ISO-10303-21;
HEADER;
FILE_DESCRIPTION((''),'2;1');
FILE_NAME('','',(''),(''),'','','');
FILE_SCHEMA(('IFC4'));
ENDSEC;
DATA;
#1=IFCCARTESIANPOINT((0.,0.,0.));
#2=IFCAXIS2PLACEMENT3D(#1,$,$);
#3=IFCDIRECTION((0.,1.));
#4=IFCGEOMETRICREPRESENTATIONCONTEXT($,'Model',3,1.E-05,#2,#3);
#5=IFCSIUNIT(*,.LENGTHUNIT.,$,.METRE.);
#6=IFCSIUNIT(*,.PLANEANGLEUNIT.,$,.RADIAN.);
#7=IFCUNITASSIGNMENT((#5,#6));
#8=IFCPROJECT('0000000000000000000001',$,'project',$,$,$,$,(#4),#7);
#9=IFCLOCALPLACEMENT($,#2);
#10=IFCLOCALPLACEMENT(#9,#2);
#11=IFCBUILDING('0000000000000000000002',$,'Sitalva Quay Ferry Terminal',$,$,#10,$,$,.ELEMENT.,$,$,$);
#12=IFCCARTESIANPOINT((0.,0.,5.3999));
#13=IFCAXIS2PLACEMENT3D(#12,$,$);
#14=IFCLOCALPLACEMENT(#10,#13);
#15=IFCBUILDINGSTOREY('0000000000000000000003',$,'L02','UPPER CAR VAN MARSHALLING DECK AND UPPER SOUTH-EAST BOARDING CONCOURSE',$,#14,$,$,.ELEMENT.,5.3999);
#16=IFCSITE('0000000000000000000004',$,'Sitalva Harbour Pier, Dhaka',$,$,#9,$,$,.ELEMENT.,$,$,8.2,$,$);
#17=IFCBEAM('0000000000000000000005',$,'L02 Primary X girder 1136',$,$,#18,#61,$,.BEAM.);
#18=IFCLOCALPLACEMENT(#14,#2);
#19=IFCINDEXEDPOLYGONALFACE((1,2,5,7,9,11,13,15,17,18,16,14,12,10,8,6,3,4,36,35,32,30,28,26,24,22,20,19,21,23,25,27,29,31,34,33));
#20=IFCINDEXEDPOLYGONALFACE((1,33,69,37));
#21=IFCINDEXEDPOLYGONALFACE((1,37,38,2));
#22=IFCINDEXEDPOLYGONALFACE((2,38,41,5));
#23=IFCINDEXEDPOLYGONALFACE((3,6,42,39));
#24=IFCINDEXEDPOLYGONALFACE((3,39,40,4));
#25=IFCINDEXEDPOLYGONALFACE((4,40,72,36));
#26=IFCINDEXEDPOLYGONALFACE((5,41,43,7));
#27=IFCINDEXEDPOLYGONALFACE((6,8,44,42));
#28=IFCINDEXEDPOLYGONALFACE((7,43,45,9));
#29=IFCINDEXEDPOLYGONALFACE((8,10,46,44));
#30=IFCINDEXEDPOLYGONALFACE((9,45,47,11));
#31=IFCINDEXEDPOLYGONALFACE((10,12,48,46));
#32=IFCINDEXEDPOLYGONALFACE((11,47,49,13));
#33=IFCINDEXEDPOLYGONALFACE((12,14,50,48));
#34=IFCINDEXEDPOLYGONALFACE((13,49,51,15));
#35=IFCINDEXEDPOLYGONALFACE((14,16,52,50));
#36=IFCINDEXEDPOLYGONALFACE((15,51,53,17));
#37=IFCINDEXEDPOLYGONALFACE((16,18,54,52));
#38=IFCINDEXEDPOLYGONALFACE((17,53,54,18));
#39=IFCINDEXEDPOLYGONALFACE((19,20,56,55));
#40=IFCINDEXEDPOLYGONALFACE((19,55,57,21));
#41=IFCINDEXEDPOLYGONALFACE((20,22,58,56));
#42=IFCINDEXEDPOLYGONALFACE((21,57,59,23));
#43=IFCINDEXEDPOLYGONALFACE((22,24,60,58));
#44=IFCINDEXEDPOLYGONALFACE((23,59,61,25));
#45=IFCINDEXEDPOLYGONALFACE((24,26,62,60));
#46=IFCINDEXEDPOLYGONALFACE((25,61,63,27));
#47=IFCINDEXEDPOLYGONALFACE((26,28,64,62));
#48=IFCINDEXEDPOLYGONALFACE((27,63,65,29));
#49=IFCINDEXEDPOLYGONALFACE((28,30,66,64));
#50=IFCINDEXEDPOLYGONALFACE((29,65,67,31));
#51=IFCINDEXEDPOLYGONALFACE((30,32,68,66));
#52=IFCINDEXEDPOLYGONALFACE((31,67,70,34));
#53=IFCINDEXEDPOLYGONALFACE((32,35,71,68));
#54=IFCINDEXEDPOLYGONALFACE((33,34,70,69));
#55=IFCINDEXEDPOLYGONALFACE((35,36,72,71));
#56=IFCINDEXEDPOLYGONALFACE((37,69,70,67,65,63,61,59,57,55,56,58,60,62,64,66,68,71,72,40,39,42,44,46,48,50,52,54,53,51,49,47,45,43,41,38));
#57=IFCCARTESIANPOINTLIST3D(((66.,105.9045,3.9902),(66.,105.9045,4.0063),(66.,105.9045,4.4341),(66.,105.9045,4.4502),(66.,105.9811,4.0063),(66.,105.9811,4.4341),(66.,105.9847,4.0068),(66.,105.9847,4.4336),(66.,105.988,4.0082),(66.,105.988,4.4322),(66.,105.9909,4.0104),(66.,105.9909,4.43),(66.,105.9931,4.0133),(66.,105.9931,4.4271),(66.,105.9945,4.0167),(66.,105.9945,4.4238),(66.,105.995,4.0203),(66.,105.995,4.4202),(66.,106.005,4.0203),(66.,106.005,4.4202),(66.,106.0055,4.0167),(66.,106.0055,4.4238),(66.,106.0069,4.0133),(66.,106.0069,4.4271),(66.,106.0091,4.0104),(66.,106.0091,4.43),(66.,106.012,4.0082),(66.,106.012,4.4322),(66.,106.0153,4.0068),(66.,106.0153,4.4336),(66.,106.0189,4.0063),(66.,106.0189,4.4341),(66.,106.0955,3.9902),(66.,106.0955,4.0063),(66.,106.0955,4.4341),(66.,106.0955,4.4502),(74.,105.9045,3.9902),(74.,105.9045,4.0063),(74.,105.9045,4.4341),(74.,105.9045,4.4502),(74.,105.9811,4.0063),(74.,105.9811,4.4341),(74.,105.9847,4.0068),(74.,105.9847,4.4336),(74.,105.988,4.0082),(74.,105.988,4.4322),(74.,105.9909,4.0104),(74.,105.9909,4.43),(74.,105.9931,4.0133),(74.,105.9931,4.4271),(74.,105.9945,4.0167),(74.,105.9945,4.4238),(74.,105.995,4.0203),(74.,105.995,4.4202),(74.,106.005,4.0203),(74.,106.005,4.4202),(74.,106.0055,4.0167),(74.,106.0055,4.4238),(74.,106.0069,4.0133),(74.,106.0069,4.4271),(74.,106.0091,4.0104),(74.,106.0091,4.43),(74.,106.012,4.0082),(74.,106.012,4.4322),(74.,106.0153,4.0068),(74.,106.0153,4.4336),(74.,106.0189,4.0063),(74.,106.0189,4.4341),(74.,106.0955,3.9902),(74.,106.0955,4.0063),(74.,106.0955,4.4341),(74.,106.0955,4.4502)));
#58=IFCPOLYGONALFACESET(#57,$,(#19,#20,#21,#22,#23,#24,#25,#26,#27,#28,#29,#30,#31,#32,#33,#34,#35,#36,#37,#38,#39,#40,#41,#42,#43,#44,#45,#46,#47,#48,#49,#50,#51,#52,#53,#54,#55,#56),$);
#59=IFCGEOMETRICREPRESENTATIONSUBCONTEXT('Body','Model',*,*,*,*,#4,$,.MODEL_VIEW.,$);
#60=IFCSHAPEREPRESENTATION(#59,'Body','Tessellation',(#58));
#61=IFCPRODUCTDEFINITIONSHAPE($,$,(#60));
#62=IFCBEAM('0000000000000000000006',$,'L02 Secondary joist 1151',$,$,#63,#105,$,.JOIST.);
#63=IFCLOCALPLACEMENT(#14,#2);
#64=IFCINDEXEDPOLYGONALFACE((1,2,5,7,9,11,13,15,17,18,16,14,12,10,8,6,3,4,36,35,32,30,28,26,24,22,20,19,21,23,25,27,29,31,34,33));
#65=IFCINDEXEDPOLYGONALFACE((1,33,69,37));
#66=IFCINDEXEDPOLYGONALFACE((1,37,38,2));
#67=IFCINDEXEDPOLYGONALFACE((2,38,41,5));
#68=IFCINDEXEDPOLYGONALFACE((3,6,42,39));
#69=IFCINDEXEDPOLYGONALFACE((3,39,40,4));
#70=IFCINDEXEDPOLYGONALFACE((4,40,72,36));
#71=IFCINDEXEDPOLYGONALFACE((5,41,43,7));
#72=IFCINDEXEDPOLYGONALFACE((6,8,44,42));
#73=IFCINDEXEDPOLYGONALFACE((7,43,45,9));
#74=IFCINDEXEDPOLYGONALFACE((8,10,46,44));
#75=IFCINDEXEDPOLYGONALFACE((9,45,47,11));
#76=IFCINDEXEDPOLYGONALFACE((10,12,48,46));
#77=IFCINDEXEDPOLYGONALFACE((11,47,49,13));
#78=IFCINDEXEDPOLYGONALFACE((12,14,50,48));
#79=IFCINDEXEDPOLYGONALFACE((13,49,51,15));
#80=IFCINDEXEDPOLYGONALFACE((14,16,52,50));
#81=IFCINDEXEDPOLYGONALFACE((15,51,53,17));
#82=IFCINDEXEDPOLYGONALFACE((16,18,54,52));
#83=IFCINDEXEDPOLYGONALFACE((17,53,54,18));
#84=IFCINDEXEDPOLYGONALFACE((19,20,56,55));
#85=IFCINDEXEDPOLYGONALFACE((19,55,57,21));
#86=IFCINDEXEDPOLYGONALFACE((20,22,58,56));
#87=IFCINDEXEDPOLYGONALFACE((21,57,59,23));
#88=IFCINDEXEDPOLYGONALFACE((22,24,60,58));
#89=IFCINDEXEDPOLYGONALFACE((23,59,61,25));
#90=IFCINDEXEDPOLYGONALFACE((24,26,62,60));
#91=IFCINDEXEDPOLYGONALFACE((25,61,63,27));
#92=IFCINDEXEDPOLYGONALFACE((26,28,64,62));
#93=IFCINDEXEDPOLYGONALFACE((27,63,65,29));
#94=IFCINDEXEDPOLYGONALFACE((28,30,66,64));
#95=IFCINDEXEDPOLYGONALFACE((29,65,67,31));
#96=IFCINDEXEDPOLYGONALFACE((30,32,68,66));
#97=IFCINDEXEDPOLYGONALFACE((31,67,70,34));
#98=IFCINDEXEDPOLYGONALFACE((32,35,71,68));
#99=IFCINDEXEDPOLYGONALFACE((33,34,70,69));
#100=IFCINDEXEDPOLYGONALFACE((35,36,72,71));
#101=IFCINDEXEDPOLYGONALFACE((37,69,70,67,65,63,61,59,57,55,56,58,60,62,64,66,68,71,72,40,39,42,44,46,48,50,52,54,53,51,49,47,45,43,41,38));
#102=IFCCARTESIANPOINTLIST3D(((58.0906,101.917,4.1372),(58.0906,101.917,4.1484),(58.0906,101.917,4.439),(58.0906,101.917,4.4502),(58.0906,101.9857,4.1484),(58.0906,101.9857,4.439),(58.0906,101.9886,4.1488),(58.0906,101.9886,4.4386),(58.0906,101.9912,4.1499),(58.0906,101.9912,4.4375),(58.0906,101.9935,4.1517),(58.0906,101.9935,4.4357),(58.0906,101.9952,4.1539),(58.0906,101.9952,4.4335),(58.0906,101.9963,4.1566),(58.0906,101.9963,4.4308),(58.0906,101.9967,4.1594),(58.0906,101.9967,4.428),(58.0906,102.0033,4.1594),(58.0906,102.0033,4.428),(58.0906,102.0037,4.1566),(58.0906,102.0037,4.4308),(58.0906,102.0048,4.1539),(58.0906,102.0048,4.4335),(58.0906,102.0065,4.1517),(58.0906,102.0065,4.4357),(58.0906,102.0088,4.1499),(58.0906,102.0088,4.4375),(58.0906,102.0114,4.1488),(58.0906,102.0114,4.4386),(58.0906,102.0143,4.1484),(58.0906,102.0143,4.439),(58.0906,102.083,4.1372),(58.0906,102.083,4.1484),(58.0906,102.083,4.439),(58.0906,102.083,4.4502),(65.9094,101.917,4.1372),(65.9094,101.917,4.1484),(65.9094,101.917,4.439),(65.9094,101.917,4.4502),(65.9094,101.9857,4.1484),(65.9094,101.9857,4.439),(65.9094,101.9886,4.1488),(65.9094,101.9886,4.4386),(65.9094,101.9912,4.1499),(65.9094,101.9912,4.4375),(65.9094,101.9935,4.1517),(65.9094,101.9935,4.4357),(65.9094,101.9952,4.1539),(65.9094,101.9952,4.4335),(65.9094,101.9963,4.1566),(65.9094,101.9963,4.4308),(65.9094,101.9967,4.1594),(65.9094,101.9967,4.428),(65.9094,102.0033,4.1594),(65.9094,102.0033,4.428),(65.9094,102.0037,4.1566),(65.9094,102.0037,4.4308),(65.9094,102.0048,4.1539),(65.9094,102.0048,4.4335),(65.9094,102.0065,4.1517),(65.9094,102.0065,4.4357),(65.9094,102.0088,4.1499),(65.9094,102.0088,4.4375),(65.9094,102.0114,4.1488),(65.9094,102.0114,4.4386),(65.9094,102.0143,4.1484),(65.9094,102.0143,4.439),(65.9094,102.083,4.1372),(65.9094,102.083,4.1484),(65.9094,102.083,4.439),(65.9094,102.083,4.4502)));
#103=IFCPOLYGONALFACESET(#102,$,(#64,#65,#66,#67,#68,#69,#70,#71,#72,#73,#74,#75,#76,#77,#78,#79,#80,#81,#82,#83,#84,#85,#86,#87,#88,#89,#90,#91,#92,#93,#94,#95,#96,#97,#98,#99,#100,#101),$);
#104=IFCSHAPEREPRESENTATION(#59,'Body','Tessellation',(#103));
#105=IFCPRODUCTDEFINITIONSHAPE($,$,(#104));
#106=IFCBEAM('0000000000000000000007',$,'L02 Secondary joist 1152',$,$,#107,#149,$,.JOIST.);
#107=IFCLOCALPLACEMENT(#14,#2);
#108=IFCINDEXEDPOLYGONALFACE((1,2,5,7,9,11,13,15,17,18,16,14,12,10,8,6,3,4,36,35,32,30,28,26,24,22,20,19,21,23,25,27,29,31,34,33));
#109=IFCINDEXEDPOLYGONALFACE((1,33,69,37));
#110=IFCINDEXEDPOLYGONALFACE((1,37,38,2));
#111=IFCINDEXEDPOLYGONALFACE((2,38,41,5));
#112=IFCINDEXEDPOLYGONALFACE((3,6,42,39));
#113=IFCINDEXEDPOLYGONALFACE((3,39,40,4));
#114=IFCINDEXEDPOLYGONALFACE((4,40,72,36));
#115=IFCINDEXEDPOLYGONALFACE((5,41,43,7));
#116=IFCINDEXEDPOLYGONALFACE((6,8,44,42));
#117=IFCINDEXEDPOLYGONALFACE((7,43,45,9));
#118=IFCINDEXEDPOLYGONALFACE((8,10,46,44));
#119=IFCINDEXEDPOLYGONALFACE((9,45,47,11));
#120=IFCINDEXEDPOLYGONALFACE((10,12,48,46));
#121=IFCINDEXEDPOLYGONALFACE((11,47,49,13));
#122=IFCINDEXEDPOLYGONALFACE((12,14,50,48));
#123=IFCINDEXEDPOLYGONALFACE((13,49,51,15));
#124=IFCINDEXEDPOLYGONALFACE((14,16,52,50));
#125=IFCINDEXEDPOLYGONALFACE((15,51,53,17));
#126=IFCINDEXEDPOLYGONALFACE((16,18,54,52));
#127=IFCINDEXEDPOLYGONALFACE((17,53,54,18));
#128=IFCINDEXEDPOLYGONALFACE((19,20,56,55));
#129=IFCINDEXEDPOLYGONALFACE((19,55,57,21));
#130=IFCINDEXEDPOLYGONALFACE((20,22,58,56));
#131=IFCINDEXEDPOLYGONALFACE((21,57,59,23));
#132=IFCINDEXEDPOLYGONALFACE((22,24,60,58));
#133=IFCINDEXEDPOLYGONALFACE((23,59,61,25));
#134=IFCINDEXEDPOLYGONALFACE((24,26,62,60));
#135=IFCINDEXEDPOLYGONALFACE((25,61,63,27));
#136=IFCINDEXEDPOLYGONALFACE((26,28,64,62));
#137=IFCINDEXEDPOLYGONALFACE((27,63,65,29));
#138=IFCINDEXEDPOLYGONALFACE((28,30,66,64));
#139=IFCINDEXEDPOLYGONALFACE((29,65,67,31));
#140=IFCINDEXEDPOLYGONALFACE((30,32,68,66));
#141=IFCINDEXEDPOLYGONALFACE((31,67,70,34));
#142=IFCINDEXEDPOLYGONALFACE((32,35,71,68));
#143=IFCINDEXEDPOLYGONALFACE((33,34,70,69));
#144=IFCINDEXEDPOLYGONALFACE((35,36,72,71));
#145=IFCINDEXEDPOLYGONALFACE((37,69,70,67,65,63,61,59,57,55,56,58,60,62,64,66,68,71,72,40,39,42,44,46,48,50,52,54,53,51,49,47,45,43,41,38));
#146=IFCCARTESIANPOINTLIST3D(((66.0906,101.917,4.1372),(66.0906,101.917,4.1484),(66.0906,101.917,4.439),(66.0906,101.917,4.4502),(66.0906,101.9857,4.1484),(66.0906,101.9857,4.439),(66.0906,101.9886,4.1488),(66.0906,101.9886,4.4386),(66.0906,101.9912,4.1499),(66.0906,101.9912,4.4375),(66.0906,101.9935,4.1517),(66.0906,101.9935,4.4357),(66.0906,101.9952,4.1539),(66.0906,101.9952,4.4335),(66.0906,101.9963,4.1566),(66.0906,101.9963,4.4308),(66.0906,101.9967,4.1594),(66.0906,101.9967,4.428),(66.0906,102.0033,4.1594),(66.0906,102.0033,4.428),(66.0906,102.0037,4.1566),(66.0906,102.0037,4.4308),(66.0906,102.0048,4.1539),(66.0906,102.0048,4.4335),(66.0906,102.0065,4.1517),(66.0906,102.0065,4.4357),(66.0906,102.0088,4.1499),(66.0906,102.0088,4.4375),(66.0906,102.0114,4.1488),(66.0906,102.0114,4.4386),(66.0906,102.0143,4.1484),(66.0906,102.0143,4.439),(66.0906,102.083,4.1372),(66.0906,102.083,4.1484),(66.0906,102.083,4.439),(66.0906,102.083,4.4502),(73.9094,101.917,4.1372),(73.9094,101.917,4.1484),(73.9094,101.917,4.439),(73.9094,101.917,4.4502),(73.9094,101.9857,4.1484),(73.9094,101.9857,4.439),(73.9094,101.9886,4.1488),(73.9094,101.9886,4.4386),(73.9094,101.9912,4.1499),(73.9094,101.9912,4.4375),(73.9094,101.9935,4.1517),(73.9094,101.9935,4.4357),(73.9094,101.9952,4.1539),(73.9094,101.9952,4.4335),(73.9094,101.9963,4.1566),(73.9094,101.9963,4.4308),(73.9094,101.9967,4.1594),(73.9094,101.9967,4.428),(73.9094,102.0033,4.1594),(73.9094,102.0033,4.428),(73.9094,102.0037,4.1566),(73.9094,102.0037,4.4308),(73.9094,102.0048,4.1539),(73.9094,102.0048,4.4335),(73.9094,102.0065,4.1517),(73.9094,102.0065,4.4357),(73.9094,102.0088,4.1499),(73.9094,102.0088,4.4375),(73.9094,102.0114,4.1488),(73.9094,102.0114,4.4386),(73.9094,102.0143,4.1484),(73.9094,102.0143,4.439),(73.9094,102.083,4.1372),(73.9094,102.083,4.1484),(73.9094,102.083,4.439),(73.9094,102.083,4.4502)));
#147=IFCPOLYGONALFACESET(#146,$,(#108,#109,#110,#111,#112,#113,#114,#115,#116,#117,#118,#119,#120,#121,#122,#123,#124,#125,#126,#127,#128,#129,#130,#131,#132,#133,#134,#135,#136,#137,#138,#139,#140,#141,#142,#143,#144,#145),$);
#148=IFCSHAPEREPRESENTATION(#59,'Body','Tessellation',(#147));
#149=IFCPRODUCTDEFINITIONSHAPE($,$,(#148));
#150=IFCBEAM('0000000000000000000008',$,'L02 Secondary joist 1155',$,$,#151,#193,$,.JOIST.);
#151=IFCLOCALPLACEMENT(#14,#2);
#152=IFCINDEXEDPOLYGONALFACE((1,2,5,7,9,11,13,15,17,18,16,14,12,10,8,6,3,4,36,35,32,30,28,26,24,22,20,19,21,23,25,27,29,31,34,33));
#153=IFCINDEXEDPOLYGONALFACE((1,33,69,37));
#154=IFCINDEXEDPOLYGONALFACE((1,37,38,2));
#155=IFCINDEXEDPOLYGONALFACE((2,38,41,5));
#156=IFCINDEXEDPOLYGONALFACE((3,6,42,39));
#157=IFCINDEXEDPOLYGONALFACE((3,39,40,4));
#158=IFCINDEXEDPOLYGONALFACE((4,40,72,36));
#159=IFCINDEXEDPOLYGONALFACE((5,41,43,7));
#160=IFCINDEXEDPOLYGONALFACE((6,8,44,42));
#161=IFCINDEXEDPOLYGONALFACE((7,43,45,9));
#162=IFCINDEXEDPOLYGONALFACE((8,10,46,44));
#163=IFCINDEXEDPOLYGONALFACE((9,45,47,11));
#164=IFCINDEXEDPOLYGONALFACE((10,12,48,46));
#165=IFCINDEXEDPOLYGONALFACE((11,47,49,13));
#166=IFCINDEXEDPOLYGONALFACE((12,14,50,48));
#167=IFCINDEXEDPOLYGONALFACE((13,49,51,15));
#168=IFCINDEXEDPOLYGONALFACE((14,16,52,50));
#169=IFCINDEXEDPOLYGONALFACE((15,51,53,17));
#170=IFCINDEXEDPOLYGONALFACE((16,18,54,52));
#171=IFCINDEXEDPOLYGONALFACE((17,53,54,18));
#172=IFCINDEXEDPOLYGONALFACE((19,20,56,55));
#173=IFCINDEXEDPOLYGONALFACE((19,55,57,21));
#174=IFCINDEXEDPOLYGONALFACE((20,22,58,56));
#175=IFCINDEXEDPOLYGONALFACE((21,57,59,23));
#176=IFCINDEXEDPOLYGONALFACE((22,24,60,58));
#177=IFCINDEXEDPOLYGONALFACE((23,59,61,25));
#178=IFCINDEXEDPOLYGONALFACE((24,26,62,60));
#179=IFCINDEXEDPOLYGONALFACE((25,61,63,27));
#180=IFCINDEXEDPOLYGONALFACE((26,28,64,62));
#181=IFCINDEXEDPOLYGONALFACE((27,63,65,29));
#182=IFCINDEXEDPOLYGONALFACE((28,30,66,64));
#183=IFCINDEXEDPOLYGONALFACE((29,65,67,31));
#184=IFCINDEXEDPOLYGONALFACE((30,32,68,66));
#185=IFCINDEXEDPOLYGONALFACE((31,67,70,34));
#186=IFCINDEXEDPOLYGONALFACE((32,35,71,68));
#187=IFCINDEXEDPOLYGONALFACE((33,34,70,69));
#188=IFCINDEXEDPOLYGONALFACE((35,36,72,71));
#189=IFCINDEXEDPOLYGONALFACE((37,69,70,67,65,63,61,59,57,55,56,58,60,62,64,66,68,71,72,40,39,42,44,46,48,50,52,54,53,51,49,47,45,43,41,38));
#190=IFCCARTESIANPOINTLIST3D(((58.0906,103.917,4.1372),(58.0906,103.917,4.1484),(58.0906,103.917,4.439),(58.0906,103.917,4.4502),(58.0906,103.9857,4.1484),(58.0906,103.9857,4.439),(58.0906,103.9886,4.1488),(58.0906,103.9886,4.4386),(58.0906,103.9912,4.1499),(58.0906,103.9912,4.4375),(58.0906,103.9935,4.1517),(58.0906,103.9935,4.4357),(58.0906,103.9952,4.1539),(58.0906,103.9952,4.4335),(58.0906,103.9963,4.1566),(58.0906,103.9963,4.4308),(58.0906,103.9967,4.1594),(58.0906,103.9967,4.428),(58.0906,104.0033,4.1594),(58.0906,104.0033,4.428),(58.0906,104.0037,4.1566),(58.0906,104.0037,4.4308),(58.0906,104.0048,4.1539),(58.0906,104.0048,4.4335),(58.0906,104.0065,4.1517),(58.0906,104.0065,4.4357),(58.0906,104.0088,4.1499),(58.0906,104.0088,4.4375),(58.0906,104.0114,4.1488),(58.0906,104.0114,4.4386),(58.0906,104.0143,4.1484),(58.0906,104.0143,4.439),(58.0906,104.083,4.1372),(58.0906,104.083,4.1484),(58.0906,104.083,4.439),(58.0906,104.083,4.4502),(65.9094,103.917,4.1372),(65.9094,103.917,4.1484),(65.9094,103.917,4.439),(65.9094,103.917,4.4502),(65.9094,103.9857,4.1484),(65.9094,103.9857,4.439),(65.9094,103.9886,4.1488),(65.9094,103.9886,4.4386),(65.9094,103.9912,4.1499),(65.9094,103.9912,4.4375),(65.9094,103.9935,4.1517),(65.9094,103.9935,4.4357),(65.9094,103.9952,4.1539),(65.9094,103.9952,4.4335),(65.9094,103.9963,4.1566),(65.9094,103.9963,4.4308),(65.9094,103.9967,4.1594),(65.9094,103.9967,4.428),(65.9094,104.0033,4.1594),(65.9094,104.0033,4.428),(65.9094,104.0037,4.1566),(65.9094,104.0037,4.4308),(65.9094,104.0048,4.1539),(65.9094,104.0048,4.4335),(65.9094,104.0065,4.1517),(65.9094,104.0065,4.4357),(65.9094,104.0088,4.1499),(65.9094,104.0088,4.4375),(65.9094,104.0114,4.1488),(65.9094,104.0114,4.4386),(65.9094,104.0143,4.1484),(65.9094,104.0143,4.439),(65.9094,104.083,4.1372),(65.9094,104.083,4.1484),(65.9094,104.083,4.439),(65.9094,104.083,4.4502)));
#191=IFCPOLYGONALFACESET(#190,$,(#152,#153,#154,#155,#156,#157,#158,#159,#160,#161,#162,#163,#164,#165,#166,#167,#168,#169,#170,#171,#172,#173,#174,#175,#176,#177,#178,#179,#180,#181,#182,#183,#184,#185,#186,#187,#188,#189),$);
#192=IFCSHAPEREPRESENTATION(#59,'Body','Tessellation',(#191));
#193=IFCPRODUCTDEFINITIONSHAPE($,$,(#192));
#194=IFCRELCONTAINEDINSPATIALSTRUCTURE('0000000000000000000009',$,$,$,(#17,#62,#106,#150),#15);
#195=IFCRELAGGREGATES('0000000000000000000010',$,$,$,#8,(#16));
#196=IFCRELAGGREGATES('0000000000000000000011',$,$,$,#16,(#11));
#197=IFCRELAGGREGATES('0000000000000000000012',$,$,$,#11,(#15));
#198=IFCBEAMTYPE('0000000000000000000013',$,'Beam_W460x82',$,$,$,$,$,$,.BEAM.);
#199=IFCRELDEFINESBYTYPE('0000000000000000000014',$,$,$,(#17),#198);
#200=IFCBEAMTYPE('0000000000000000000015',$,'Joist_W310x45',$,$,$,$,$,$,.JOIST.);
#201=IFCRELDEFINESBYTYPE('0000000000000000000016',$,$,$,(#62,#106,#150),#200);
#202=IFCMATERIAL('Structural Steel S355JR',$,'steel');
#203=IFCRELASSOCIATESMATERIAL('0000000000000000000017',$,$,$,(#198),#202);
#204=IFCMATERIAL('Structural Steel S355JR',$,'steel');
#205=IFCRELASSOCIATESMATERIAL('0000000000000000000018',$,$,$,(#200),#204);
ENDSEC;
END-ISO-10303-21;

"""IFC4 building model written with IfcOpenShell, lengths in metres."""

from ifc_helpers import new_model, si_unit, direction, frame, origin, origin_2d, place, context, subcontext, project, spatial, i_section, extrude, material, material_profile, profile_set, type_object, element, save


model = new_model("IFC4")

# Units and contexts
model_context = context("Model", 3, precision=1e-05, world=origin(), true_north=direction((0.0, 1.0)))
body_context = subcontext(model_context, "Body", "Model", "MODEL_VIEW")
ifc_project = project(units=[si_unit("LENGTHUNIT", "METRE"), si_unit("PLANEANGLEUNIT", "RADIAN")], contexts=[model_context])

# Site, building, storey
site_placement = place(None, origin())
site = spatial("IfcSite", under=ifc_project, at=site_placement, Name="Sitalva Harbour Pier, Dhaka", CompositionType="ELEMENT", RefElevation=8.2)
building_placement = place(site_placement, origin())
building = spatial("IfcBuilding", under=site, at=building_placement, Name="Sitalva Quay Ferry Terminal", CompositionType="ELEMENT")
storey_placement = place(building_placement, frame((0.0, 0.0, 5.3999)))
storey = spatial("IfcBuildingStorey", under=building, at=storey_placement, Name="L02", Description="UPPER CAR VAN MARSHALLING DECK AND UPPER SOUTH-EAST BOARDING CONCOURSE", CompositionType="ELEMENT", Elevation=5.3999)

# Beams
ifc_material_1 = material(Name="Structural Steel S355JR", Category="steel")
ifc_material_profile_1 = material_profile(ifc_material_1, i_section(OverallWidth=0.1909, OverallDepth=0.46, WebThickness=0.01, FlangeThickness=0.0161, FilletRadius=0.0139, at=origin_2d()), Name="W460x82")
ifc_profile_set_1 = profile_set([ifc_material_profile_1], Name="Structural Steel S355JR")
beam_type_1 = type_object("IfcBeamType", Name="Beam_W460x82", PredefinedType="BEAM", material=ifc_profile_set_1)
for number, where, z_axis, x_axis, name in (
    (1, (66.0, 106.0, 4.2202), (1.0, 0.0, 0.0), (0.0, 1.0, 0.0), "L02 Primary X girder 1136"),
):
    element("IfcBeam", number, at=place(storey_placement, frame(where, z_axis=z_axis, x_axis=x_axis)), inside=storey, type_object=beam_type_1, Name=name, PredefinedType="BEAM", context=body_context, shape_type="SweptSolid", body=[
        extrude(i_section(OverallWidth=0.1909, OverallDepth=0.46, WebThickness=0.01, FlangeThickness=0.0161, FilletRadius=0.0139, at=origin_2d()), origin(), (0.0, 0.0, 1.0), 8.0),
    ])
ifc_material_2 = material(Name="Structural Steel S355JR", Category="steel")
ifc_material_profile_2 = material_profile(ifc_material_2, i_section(OverallWidth=0.166, OverallDepth=0.313, WebThickness=0.0066, FlangeThickness=0.0112, FilletRadius=0.011, at=origin_2d()), Name="W310x45")
ifc_profile_set_2 = profile_set([ifc_material_profile_2], Name="Structural Steel S355JR")
beam_type_2 = type_object("IfcBeamType", Name="Joist_W310x45", PredefinedType="JOIST", material=ifc_profile_set_2)
for number, where, z_axis, x_axis, name in (
    (2, (58.0906, 102.0, 4.2937), (1.0, 0.0, 0.0), (0.0, 1.0, 0.0), "L02 Secondary joist 1151"),
    (3, (66.0906, 102.0, 4.2937), (1.0, 0.0, 0.0), (0.0, 1.0, 0.0), "L02 Secondary joist 1152"),
    (4, (58.0906, 104.0, 4.2937), (1.0, 0.0, 0.0), (0.0, 1.0, 0.0), "L02 Secondary joist 1155"),
):
    element("IfcBeam", number, at=place(storey_placement, frame(where, z_axis=z_axis, x_axis=x_axis)), inside=storey, type_object=beam_type_2, Name=name, PredefinedType="JOIST", context=body_context, shape_type="SweptSolid", body=[
        extrude(i_section(OverallWidth=0.166, OverallDepth=0.313, WebThickness=0.0066, FlangeThickness=0.0112, FilletRadius=0.011, at=origin_2d()), origin(), (0.0, 0.0, 1.0), 7.8188),
    ])

save(model, "model.ifc")
